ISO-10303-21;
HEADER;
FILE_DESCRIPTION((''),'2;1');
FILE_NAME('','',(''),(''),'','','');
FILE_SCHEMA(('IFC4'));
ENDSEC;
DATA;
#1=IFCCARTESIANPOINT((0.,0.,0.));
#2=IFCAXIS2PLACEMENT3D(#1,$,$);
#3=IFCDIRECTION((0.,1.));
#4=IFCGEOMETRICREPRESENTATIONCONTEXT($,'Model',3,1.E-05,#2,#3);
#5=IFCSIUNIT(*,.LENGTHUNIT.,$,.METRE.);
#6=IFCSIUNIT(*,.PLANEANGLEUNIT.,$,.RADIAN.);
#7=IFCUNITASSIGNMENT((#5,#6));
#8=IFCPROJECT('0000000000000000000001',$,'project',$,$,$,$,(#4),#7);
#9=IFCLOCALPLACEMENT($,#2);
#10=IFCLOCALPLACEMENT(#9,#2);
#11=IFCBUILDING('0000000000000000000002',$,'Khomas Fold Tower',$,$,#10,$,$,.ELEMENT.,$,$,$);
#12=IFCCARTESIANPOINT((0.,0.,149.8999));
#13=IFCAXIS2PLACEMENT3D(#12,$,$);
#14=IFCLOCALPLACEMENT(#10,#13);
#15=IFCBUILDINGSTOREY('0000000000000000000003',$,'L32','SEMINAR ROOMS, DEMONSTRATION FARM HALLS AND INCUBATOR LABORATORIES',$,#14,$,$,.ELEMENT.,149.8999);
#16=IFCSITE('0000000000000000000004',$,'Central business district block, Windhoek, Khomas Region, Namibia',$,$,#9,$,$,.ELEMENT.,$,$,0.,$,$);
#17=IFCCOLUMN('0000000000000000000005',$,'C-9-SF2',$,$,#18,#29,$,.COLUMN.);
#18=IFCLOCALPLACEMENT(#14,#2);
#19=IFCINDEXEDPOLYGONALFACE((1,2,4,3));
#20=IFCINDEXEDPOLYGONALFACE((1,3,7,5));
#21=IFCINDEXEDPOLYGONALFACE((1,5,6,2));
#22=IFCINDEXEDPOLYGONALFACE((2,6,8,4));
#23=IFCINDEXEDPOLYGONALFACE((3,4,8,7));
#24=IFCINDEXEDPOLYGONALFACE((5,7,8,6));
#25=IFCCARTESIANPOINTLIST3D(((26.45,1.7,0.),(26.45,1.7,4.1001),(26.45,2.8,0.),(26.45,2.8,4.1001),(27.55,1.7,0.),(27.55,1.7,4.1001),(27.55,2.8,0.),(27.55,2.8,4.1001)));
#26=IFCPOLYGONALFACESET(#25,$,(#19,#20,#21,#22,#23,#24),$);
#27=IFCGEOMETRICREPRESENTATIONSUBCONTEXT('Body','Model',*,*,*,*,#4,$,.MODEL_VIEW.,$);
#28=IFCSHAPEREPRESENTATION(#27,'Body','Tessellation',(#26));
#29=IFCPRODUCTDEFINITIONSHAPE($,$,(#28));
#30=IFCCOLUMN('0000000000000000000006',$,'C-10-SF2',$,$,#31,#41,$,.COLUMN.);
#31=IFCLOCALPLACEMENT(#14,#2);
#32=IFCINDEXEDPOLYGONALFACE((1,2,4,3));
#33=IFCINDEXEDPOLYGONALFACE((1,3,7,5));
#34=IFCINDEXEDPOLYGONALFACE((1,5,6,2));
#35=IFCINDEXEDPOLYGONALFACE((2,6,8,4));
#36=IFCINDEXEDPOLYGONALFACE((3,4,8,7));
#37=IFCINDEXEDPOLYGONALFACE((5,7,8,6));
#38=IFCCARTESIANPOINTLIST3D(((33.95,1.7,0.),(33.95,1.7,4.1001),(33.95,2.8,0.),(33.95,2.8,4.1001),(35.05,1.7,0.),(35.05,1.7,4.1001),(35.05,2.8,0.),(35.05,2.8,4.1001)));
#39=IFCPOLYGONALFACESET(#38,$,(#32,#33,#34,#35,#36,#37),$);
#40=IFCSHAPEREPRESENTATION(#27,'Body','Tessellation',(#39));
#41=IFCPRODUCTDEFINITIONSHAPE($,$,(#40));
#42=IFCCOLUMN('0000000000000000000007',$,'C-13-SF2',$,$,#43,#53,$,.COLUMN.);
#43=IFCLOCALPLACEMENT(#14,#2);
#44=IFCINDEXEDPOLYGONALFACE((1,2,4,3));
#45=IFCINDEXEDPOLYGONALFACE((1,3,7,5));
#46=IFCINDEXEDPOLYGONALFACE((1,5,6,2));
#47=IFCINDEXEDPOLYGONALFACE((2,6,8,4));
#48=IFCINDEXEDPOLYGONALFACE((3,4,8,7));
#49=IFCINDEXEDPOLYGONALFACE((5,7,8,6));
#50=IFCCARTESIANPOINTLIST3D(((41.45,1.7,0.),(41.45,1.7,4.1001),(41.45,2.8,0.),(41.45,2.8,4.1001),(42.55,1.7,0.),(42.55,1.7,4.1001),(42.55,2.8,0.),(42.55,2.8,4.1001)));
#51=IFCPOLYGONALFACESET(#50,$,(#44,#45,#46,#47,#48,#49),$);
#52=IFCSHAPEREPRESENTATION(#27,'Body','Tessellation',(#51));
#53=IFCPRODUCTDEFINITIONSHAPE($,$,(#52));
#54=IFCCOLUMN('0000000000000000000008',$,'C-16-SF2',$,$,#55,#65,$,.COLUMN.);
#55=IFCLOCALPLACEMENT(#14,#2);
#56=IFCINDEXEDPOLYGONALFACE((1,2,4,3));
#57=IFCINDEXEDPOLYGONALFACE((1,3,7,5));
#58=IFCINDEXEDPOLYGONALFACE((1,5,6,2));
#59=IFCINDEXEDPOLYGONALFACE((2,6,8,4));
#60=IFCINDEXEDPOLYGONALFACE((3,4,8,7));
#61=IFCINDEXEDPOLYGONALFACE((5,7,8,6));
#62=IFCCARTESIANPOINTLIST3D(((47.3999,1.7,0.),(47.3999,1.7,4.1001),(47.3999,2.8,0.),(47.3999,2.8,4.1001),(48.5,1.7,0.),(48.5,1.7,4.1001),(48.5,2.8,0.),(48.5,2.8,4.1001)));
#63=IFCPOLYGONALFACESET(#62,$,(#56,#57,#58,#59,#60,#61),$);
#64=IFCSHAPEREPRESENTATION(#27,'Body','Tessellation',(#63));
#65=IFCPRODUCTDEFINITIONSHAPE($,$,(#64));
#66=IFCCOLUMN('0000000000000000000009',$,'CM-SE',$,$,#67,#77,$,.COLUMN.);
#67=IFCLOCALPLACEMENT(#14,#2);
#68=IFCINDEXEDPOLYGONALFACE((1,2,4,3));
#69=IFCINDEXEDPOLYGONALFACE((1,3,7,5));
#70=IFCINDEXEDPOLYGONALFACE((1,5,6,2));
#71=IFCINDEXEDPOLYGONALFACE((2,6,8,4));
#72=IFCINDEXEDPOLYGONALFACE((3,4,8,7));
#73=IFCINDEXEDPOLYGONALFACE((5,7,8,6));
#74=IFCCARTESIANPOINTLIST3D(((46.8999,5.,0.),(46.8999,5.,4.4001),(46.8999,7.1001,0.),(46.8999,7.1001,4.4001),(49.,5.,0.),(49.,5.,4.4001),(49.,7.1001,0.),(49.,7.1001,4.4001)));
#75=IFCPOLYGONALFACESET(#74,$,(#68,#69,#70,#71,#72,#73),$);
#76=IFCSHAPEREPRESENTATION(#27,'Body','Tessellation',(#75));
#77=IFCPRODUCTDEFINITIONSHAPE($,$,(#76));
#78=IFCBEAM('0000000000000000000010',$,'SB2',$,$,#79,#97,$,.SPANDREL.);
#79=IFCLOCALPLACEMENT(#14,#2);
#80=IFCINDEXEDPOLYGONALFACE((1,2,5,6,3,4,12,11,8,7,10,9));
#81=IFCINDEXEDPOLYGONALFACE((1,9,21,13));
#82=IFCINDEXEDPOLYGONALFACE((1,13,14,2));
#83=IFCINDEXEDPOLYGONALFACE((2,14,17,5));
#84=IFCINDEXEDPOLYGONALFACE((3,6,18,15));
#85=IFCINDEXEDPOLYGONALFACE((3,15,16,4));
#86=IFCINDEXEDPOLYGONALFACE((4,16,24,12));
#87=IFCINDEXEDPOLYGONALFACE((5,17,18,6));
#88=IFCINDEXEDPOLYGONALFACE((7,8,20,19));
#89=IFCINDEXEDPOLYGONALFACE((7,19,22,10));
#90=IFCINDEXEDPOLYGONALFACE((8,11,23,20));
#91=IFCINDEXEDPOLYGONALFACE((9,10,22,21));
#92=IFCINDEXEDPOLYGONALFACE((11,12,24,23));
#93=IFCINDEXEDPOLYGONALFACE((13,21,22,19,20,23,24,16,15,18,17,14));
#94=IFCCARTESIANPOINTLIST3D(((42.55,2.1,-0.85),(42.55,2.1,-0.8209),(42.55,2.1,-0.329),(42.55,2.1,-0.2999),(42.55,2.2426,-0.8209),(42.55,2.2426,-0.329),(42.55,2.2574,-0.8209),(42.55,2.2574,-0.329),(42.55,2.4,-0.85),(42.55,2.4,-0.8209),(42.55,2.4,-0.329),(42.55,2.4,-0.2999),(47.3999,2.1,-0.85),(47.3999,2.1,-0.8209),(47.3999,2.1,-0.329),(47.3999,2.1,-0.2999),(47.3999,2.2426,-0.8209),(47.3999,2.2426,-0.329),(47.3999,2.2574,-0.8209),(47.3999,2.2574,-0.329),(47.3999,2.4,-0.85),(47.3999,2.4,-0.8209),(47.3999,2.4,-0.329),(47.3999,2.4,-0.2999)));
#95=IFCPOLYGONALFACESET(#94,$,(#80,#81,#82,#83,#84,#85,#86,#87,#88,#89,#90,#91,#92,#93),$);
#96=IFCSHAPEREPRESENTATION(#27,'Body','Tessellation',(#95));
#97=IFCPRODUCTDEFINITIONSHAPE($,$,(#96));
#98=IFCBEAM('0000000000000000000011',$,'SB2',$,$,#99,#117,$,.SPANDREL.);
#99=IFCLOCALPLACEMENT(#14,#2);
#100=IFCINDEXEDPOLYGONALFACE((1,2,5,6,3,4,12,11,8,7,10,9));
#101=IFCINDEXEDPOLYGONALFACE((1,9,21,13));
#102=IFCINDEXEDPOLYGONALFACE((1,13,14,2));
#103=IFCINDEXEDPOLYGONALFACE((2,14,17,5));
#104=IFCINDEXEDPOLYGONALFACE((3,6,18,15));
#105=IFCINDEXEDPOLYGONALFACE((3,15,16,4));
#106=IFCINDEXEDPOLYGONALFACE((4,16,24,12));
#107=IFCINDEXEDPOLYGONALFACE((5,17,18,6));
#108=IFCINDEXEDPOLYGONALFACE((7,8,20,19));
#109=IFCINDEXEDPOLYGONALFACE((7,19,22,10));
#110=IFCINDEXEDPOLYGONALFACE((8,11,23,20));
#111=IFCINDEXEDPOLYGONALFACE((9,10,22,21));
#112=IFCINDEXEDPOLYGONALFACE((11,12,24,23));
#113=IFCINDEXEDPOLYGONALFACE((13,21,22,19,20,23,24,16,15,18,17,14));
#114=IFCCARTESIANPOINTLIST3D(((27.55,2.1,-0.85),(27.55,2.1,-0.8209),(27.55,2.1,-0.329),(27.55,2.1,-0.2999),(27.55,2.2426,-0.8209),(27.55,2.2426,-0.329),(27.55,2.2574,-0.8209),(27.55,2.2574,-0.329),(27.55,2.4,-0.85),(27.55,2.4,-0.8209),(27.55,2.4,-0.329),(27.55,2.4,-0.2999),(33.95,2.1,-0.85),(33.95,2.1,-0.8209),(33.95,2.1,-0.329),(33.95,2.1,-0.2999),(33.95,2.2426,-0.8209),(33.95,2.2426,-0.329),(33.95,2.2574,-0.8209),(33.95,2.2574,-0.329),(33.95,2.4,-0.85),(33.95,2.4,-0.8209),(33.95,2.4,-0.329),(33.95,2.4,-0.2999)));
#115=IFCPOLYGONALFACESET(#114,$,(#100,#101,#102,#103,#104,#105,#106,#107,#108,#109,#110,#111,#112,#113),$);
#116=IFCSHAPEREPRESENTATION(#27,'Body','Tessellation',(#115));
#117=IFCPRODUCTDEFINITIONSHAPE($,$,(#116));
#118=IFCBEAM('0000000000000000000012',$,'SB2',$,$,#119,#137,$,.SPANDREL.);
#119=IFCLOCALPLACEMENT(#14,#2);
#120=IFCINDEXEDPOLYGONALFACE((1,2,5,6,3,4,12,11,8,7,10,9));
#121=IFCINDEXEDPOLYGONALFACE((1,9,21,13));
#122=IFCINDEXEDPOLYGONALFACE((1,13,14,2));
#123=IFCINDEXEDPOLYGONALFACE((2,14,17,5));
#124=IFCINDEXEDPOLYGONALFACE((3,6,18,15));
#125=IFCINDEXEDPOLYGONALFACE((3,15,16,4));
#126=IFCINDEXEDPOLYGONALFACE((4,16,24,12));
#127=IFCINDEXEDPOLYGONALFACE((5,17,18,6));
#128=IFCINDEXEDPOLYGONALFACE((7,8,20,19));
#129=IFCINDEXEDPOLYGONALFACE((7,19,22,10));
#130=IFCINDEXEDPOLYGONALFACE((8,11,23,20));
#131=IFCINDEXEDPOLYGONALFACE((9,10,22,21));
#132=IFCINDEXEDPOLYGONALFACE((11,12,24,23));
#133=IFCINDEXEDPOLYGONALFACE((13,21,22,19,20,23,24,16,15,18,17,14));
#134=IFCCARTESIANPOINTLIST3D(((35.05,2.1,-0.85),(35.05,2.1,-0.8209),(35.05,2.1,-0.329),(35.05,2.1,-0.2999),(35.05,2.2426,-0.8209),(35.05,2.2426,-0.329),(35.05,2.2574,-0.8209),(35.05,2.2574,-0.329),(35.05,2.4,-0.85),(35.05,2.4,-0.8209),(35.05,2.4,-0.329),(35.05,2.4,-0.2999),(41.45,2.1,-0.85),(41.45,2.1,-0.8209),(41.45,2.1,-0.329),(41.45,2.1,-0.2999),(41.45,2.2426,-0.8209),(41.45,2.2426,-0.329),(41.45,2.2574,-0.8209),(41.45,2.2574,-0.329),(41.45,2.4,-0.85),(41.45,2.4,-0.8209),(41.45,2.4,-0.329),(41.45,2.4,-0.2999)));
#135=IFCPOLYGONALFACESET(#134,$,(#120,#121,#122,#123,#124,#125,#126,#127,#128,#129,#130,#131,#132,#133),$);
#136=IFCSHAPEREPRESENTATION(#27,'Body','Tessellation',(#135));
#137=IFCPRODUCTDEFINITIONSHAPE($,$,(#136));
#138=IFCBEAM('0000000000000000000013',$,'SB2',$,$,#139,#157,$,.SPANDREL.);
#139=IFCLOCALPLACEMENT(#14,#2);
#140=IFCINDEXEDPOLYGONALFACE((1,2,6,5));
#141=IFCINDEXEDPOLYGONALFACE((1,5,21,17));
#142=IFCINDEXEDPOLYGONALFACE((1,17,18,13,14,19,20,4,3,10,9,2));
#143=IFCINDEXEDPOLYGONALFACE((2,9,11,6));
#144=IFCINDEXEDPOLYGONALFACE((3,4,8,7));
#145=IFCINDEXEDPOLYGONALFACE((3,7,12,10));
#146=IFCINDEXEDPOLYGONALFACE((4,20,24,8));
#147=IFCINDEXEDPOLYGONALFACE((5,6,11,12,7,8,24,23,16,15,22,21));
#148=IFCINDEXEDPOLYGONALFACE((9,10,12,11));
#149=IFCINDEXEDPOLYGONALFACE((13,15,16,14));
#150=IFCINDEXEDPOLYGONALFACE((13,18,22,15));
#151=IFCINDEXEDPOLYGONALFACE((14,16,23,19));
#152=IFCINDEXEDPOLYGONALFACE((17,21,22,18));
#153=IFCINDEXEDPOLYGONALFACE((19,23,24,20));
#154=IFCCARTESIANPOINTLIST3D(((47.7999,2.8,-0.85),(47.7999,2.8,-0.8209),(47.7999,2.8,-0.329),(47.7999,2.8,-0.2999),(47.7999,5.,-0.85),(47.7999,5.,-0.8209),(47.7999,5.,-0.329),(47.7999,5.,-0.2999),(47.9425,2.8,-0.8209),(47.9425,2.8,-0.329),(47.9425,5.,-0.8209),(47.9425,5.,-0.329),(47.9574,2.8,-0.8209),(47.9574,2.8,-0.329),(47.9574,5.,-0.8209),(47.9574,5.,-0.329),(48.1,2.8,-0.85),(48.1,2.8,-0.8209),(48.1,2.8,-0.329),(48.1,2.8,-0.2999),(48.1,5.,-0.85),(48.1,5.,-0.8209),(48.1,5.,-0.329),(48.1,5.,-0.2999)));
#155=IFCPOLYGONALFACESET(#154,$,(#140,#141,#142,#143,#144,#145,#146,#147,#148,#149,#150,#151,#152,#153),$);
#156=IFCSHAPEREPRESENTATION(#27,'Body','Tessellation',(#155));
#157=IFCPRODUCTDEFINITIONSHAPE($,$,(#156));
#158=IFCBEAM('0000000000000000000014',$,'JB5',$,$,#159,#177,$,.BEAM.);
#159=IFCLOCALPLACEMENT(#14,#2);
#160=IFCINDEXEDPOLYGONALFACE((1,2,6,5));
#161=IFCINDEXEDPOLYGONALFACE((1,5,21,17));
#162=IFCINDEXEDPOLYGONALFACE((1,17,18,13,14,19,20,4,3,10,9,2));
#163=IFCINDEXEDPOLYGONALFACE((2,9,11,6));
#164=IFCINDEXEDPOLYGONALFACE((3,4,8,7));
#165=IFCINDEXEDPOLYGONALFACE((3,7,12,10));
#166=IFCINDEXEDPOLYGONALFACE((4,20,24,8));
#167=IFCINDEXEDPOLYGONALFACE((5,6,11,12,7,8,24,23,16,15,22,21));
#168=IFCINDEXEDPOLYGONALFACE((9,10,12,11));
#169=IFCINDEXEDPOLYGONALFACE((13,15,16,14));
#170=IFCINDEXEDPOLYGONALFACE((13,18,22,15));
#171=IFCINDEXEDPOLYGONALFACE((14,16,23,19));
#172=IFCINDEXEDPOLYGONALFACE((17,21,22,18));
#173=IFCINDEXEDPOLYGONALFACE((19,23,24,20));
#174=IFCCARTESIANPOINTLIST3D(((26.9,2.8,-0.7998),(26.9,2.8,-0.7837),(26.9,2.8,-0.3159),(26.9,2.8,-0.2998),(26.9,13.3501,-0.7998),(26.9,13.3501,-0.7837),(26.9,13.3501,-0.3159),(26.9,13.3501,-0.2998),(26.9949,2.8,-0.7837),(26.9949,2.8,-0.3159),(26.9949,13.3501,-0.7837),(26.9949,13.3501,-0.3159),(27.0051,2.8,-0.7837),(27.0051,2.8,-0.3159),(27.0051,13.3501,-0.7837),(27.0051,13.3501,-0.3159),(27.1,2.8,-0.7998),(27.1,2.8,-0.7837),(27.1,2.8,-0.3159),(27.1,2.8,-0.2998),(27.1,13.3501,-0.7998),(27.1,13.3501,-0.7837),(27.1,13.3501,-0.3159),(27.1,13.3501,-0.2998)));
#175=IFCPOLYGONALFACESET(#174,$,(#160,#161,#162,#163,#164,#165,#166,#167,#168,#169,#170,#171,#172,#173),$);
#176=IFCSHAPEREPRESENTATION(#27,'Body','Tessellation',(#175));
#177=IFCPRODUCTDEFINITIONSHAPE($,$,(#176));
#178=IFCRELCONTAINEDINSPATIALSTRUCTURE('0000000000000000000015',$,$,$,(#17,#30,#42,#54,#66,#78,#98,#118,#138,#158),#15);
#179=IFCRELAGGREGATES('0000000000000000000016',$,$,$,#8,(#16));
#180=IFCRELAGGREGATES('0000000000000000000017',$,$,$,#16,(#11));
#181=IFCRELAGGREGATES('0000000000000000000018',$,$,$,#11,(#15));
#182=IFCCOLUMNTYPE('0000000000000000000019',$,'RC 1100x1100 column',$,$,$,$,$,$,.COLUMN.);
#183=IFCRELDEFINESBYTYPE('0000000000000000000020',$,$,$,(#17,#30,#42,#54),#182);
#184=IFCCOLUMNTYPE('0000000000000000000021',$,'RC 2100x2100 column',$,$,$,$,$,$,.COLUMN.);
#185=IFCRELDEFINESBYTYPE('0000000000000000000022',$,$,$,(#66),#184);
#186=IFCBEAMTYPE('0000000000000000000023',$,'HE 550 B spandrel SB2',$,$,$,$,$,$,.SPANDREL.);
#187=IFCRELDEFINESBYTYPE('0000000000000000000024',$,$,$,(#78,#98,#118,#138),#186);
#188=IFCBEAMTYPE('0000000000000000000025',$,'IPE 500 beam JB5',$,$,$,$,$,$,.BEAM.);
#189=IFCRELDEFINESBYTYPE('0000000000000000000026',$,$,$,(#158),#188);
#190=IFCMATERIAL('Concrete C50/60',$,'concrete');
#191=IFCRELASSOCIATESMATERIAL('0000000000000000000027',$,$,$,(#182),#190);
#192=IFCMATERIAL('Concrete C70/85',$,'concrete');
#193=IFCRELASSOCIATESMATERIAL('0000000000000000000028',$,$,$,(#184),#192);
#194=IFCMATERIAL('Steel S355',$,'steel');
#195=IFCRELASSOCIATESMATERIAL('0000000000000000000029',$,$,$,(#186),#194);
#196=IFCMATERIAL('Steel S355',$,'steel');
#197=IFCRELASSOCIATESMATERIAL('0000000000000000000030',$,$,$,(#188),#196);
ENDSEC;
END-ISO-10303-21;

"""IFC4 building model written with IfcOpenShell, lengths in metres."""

from ifc_helpers import new_model, si_unit, direction, frame, origin, origin_2d, place, context, subcontext, project, spatial, rectangle, i_section, extrude, source, transform, mapped, material, material_profile, profile_set, type_object, element, save


model = new_model("IFC4")

# Units and contexts
model_context = context("Model", 3, precision=1e-05, world=origin(), true_north=direction((0.0, 1.0)))
body_context = subcontext(model_context, "Body", "Model", "MODEL_VIEW")
ifc_project = project(units=[si_unit("LENGTHUNIT", "METRE"), si_unit("PLANEANGLEUNIT", "RADIAN")], contexts=[model_context])

# Site, building, storey
site_placement = place(None, origin())
site = spatial("IfcSite", under=ifc_project, at=site_placement, Name="Central business district block, Windhoek, Khomas Region, Namibia", CompositionType="ELEMENT", RefElevation=0.0)
building_placement = place(site_placement, origin())
building = spatial("IfcBuilding", under=site, at=building_placement, Name="Khomas Fold Tower", CompositionType="ELEMENT")
storey_placement = place(building_placement, frame((0.0, 0.0, 149.8999)))
storey = spatial("IfcBuildingStorey", under=building, at=storey_placement, Name="L32", Description="SEMINAR ROOMS, DEMONSTRATION FARM HALLS AND INCUBATOR LABORATORIES", CompositionType="ELEMENT", Elevation=149.8999)

# Columns
ifc_material_1 = material(Name="Concrete C50/60", Category="concrete")
ifc_material_profile_1 = material_profile(ifc_material_1, rectangle(XDim=1.1001, YDim=1.1001, at=origin_2d()), Name="RC 1100x1100")
ifc_profile_set_1 = profile_set([ifc_material_profile_1], Name="Concrete C50/60")
column_type_1 = type_object("IfcColumnType", Name="RC 1100x1100 column", PredefinedType="COLUMN", material=ifc_profile_set_1)
shared_shape_1 = source(origin(), body_context, "Body", "SweptSolid", [
    extrude(rectangle(XDim=1.1001, YDim=1.1001, at=origin_2d()), origin(), (0.0, 0.0, 1.0), 4.1001),
])
for number, where, z_axis, x_axis, name in (
    (1, (27.0, 2.25, 0.0), (0.0, 0.0, 1.0), (1.0, 0.0, 0.0), "C-9-SF2"),
    (2, (34.5, 2.25, 0.0), (0.0, 0.0, 1.0), (1.0, 0.0, 0.0), "C-10-SF2"),
    (3, (42.0, 2.25, 0.0), (0.0, 0.0, 1.0), (1.0, 0.0, 0.0), "C-13-SF2"),
    (4, (47.95, 2.25, 0.0), (0.0, 0.0, 1.0), (1.0, 0.0, 0.0), "C-16-SF2"),
):
    element("IfcColumn", number, at=place(storey_placement, frame(where, z_axis=z_axis, x_axis=x_axis)), inside=storey, type_object=column_type_1, Name=name, PredefinedType="COLUMN", context=body_context, shape_type="MappedRepresentation", body=[
        mapped(shared_shape_1, transform((0.0, 0.0, 0.0))),
    ])
ifc_material_2 = material(Name="Concrete C70/85", Category="concrete")
ifc_material_profile_2 = material_profile(ifc_material_2, rectangle(XDim=2.1001, YDim=2.1001, at=origin_2d()), Name="RC 2100x2100")
ifc_profile_set_2 = profile_set([ifc_material_profile_2], Name="Concrete C70/85")
column_type_2 = type_object("IfcColumnType", Name="RC 2100x2100 column", PredefinedType="COLUMN", material=ifc_profile_set_2)
shared_shape_2 = source(origin(), body_context, "Body", "SweptSolid", [
    extrude(rectangle(XDim=2.1001, YDim=2.1001, at=origin_2d()), origin(), (0.0, 0.0, 1.0), 4.4001),
])
column_placement = place(storey_placement, frame((47.95, 6.05, 0.0), z_axis=(0.0, 0.0, 1.0), x_axis=(1.0, 0.0, 0.0)))
element("IfcColumn", 5, at=column_placement, inside=storey, type_object=column_type_2, Name="CM-SE", PredefinedType="COLUMN", context=body_context, shape_type="MappedRepresentation", body=[
    mapped(shared_shape_2, transform((0.0, 0.0, 0.0))),
])

# Beams
ifc_material_3 = material(Name="Steel S355", Category="steel")
ifc_material_profile_3 = material_profile(ifc_material_3, i_section(OverallWidth=0.3, OverallDepth=0.55, WebThickness=0.0149, FlangeThickness=0.0291, at=origin_2d()), Name="HE 550 B")
ifc_profile_set_3 = profile_set([ifc_material_profile_3], Name="Steel S355")
beam_type_1 = type_object("IfcBeamType", Name="HE 550 B spandrel SB2", PredefinedType="SPANDREL", material=ifc_profile_set_3)
shared_shape_3 = source(origin(), body_context, "Body", "SweptSolid", [
    extrude(i_section(OverallWidth=0.3, OverallDepth=0.55, WebThickness=0.0149, FlangeThickness=0.0291, at=origin_2d()), origin(), (0.0, 0.0, 1.0), 4.8499),
])
beam_1_placement = place(storey_placement, frame((42.55, 2.25, -0.575), z_axis=(1.0, 0.0, 0.0), x_axis=(0.0, 1.0, 0.0)))
element("IfcBeam", 6, at=beam_1_placement, inside=storey, type_object=beam_type_1, Name="SB2", PredefinedType="SPANDREL", context=body_context, shape_type="MappedRepresentation", body=[
    mapped(shared_shape_3, transform((0.0, 0.0, 0.0))),
])
shared_shape_4 = source(origin(), body_context, "Body", "SweptSolid", [
    extrude(i_section(OverallWidth=0.3, OverallDepth=0.55, WebThickness=0.0149, FlangeThickness=0.0291, at=origin_2d()), origin(), (0.0, 0.0, 1.0), 6.3999),
])
for number, where, z_axis, x_axis, name in (
    (7, (27.55, 2.25, -0.575), (1.0, 0.0, 0.0), (0.0, 1.0, 0.0), "SB2"),
    (8, (35.05, 2.25, -0.575), (1.0, 0.0, 0.0), (0.0, 1.0, 0.0), "SB2"),
):
    element("IfcBeam", number, at=place(storey_placement, frame(where, z_axis=z_axis, x_axis=x_axis)), inside=storey, type_object=beam_type_1, Name=name, PredefinedType="SPANDREL", context=body_context, shape_type="MappedRepresentation", body=[
        mapped(shared_shape_4, transform((0.0, 0.0, 0.0))),
    ])
shared_shape_5 = source(origin(), body_context, "Body", "SweptSolid", [
    extrude(i_section(OverallWidth=0.3, OverallDepth=0.55, WebThickness=0.0149, FlangeThickness=0.0291, at=origin_2d()), origin(), (0.0, 0.0, 1.0), 2.2),
])
beam_2_placement = place(storey_placement, frame((47.95, 2.8, -0.575), z_axis=(0.0, 1.0, 0.0), x_axis=(-1.0, 0.0, 0.0)))
element("IfcBeam", 9, at=beam_2_placement, inside=storey, type_object=beam_type_1, Name="SB2", PredefinedType="SPANDREL", context=body_context, shape_type="MappedRepresentation", body=[
    mapped(shared_shape_5, transform((0.0, 0.0, 0.0))),
])
ifc_material_4 = material(Name="Steel S355", Category="steel")
ifc_material_profile_4 = material_profile(ifc_material_4, i_section(OverallWidth=0.2, OverallDepth=0.5, WebThickness=0.0103, FlangeThickness=0.0161, at=origin_2d()), Name="IPE 500")
ifc_profile_set_4 = profile_set([ifc_material_profile_4], Name="Steel S355")
beam_type_2 = type_object("IfcBeamType", Name="IPE 500 beam JB5", PredefinedType="BEAM", material=ifc_profile_set_4)
shared_shape_6 = source(origin(), body_context, "Body", "SweptSolid", [
    extrude(i_section(OverallWidth=0.2, OverallDepth=0.5, WebThickness=0.0103, FlangeThickness=0.0161, at=origin_2d()), origin(), (0.0, 0.0, 1.0), 10.55),
])
for number, where, z_axis, x_axis, name in (
    (10, (27.0, 2.8, -0.5498), (0.0, 1.0, 0.0), (-1.0, 0.0, 0.0), "JB5"),
):
    element("IfcBeam", number, at=place(storey_placement, frame(where, z_axis=z_axis, x_axis=x_axis)), inside=storey, type_object=beam_type_2, Name=name, PredefinedType="BEAM", context=body_context, shape_type="MappedRepresentation", body=[
        mapped(shared_shape_6, transform((0.0, 0.0, 0.0))),
    ])

save(model, "model.ifc")
